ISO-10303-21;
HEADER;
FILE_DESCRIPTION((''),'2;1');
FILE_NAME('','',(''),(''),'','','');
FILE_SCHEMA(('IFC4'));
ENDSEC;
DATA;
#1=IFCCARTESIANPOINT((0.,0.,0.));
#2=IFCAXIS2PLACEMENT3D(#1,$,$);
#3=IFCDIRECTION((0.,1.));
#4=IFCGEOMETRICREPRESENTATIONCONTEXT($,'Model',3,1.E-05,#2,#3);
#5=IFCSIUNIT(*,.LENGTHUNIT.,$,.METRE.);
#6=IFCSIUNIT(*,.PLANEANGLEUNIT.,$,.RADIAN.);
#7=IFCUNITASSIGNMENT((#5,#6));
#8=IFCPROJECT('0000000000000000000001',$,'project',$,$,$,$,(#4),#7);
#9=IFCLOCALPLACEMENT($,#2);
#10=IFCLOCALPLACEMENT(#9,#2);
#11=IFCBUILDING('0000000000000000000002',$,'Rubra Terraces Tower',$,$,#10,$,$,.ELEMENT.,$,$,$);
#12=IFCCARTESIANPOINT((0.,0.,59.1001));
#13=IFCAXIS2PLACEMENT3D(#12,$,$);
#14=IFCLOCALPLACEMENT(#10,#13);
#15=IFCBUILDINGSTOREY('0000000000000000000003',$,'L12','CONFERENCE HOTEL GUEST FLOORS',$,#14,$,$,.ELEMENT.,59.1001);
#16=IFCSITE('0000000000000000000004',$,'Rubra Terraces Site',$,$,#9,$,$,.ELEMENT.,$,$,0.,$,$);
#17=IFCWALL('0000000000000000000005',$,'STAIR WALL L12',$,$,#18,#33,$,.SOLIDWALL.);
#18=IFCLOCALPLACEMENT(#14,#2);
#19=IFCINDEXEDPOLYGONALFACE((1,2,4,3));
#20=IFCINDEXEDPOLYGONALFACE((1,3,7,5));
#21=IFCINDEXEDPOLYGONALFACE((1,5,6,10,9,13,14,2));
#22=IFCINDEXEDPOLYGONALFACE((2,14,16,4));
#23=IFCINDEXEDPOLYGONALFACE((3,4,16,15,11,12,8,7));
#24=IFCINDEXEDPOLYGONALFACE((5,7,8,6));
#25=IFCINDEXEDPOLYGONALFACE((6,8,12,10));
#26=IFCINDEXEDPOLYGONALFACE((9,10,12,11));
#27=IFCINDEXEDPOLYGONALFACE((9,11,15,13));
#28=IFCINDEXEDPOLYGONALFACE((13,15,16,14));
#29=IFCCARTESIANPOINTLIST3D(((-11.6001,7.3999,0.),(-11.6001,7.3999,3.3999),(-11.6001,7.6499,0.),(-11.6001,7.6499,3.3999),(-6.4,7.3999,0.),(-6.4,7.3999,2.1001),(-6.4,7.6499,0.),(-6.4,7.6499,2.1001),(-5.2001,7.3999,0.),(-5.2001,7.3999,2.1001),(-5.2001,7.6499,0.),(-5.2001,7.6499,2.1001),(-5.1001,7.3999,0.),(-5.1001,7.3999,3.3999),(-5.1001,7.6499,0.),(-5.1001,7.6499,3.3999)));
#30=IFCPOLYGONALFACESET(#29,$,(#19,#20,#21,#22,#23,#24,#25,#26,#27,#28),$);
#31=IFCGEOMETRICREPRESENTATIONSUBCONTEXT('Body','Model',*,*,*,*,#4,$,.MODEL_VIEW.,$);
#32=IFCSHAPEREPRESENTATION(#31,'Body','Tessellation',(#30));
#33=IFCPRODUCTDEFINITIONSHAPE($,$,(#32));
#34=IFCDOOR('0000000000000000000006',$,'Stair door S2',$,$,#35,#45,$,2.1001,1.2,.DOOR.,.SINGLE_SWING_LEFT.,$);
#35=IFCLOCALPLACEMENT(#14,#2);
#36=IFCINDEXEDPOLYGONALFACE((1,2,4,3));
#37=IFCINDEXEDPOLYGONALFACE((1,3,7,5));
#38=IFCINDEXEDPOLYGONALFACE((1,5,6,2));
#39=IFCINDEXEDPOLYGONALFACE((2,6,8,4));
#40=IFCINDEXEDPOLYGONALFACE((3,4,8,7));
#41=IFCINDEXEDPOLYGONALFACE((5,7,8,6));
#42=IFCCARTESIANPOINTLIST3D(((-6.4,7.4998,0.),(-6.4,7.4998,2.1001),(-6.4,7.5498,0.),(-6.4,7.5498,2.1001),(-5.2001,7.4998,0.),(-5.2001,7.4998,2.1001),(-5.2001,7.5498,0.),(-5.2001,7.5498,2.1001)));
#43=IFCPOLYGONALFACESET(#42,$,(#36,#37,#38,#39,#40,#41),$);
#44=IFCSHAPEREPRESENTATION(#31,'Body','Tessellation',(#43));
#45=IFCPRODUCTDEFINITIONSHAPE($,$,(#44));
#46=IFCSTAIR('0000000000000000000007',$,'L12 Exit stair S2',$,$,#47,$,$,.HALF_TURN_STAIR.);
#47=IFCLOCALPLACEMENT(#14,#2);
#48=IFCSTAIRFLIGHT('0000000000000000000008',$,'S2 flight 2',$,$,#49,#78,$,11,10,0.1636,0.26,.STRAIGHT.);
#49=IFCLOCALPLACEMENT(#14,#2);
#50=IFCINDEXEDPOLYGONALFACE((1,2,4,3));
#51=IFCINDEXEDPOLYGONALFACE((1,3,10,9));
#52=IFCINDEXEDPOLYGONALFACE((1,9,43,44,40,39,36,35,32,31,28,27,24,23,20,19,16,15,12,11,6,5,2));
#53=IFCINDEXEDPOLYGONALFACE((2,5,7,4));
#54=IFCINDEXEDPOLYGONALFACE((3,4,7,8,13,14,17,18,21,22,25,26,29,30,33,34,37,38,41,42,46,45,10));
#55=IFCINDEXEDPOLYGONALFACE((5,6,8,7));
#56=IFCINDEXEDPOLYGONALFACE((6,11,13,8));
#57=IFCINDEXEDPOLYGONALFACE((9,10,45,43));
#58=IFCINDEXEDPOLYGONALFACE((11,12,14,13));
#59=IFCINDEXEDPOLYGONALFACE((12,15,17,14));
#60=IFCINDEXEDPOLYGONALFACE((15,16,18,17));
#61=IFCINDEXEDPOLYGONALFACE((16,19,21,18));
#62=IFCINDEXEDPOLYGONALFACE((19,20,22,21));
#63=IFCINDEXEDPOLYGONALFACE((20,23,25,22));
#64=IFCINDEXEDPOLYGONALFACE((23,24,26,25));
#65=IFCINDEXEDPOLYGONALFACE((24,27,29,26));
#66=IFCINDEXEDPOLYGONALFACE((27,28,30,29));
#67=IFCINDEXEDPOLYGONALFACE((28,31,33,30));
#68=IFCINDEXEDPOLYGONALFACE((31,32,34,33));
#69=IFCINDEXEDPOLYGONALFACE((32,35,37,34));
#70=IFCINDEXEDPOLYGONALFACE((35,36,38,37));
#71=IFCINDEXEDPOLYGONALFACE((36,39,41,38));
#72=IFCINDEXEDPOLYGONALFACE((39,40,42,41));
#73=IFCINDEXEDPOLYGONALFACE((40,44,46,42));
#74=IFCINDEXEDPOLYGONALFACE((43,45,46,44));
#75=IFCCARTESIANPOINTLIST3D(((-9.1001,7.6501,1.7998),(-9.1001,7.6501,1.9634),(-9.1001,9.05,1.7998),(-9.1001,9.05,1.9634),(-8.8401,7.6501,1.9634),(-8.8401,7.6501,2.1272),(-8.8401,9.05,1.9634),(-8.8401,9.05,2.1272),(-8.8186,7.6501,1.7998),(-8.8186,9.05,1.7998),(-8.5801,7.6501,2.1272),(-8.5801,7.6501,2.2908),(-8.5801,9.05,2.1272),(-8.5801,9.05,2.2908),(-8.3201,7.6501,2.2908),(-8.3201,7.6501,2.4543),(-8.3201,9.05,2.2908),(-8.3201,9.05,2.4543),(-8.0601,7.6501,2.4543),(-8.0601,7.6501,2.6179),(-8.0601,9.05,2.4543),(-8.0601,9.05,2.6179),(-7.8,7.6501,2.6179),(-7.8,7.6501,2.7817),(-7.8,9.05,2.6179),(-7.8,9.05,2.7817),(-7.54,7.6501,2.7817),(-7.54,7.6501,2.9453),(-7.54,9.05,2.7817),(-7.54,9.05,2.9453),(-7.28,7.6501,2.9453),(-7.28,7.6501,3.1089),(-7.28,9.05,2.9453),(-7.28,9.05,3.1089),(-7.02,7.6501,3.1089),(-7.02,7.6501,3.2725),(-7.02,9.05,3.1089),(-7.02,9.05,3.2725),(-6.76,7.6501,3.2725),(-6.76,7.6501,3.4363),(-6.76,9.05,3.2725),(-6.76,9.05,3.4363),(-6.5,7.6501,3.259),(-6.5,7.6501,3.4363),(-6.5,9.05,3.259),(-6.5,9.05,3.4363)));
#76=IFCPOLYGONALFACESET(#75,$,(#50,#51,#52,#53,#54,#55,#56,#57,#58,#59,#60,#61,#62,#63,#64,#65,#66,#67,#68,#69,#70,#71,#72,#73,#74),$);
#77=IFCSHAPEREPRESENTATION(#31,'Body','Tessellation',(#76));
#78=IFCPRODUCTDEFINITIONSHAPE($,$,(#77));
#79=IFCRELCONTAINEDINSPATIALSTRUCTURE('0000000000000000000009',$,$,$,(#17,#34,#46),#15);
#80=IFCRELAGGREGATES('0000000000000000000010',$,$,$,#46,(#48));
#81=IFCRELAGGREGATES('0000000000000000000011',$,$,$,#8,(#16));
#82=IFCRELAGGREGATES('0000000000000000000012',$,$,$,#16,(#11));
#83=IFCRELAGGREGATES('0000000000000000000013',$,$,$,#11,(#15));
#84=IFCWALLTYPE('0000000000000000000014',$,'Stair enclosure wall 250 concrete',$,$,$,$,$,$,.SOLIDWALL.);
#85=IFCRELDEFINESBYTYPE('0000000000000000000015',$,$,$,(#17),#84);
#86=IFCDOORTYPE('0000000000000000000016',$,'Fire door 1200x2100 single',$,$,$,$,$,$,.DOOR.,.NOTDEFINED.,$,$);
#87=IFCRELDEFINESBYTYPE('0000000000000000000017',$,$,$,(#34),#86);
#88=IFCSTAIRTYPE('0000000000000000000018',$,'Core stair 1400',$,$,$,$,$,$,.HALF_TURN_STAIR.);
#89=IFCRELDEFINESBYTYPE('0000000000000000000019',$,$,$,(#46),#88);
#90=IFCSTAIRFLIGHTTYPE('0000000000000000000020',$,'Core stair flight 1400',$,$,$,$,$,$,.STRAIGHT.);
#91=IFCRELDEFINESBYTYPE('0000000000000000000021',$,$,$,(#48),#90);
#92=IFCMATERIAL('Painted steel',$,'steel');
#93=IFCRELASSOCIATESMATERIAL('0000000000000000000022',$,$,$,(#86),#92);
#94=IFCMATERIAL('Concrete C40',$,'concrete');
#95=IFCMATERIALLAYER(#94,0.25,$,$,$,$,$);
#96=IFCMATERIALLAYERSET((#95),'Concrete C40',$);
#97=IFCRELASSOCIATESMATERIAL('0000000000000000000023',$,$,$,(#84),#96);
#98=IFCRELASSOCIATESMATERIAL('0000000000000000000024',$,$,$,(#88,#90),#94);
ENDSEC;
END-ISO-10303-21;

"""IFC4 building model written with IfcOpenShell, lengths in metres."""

from ifc_helpers import new_model, si_unit, direction, frame, frame_2d, origin, place, context, subcontext, project, spatial, polyline, rectangle, outline, extrude, material, layer, layer_set, type_object, element, fill, aggregate, save


model = new_model("IFC4")

# Units and contexts
model_context = context("Model", 3, precision=1e-05, world=origin(), true_north=direction((0.0, 1.0)))
body_context = subcontext(model_context, "Body", "Model", "MODEL_VIEW")
ifc_project = project(units=[si_unit("LENGTHUNIT", "METRE"), si_unit("PLANEANGLEUNIT", "RADIAN")], contexts=[model_context])

# Site, building, storey
site_placement = place(None, origin())
site = spatial("IfcSite", under=ifc_project, at=site_placement, Name="Rubra Terraces Site", CompositionType="ELEMENT", RefElevation=0.0)
building_placement = place(site_placement, origin())
building = spatial("IfcBuilding", under=site, at=building_placement, Name="Rubra Terraces Tower", CompositionType="ELEMENT")
storey_placement = place(building_placement, frame((0.0, 0.0, 59.1001)))
storey = spatial("IfcBuildingStorey", under=building, at=storey_placement, Name="L12", Description="CONFERENCE HOTEL GUEST FLOORS", CompositionType="ELEMENT", Elevation=59.1001)

# Shared definitions
ifc_material_1 = material(Name="Painted steel", Category="steel")
door_type_1 = type_object("IfcDoorType", Name="Fire door 1200x2100 single", OperationType="NOTDEFINED", PredefinedType="DOOR", material=ifc_material_1)

# Wall, opening, door
ifc_material_2 = material(Name="Concrete C40", Category="concrete")
ifc_layer_1 = layer(ifc_material_2, 0.25)
ifc_layer_set_1 = layer_set([ifc_layer_1], Name="Concrete C40")
wall_type_1 = type_object("IfcWallType", Name="Stair enclosure wall 250 concrete", PredefinedType="SOLIDWALL", material=ifc_layer_set_1)
wall_1_placement = place(storey_placement, frame((-11.6001, 7.5249, 0.0), z_axis=(0.0, 0.0, 1.0), x_axis=(1.0, 0.0, 0.0)))
wall_1 = element("IfcWall", 1, at=wall_1_placement, inside=storey, type_object=wall_type_1, Name="STAIR WALL L12", PredefinedType="SOLIDWALL", context=body_context, shape_type="SweptSolid", body=[
    extrude(rectangle(XDim=6.5, YDim=0.25, at=frame_2d((3.25, 0.0))), origin(), (0.0, 0.0, 1.0), 3.3999),
])
opening_1_placement = place(wall_1_placement, frame((5.2, 0.0, 0.0)))
opening_1 = element("IfcOpeningElement", 2, at=opening_1_placement, cuts=wall_1, PredefinedType="OPENING", context=body_context, shape_type="SweptSolid", body=[
    extrude(rectangle(XDim=1.2, YDim=2.1001, at=frame_2d((0.6001, 1.05))), frame((0.0, 0.135, 0.0), z_axis=(0.0, -1.0, 0.0), x_axis=(1.0, 0.0, 0.0)), (0.0, 0.0, 1.0), 0.27),
])
door_1_placement = place(opening_1_placement, origin())
door_1 = element("IfcDoor", 3, at=door_1_placement, inside=storey, type_object=door_type_1, Name="Stair door S2", OperationType="SINGLE_SWING_LEFT", OverallHeight=2.1001, OverallWidth=1.2, PredefinedType="DOOR", context=body_context, shape_type="SweptSolid", body=[
    extrude(rectangle(XDim=1.2, YDim=2.1001, at=frame_2d((0.6001, 1.05))), frame((0.0, 0.0249, 0.0), z_axis=(0.0, -1.0, 0.0), x_axis=(1.0, 0.0, 0.0)), (0.0, 0.0, 1.0), 0.05),
])
fill(opening_1, door_1)

# Stair, stair flight
stair_type = type_object("IfcStairType", Name="Core stair 1400", PredefinedType="HALF_TURN_STAIR", material=ifc_material_2)
stair_placement = place(storey_placement, origin())
stair = element("IfcStair", 4, at=stair_placement, inside=storey, type_object=stair_type, Name="L12 Exit stair S2", PredefinedType="HALF_TURN_STAIR")
stair_flight_type = type_object("IfcStairFlightType", Name="Core stair flight 1400", PredefinedType="STRAIGHT", material=ifc_material_2)
stair_flight_placement = place(storey_placement, frame((-9.1001, 8.3501, 1.7998), z_axis=(0.0, 0.0, 1.0), x_axis=(1.0, 0.0, 0.0)))
stair_flight = element("IfcStairFlight", 5, at=stair_flight_placement, type_object=stair_flight_type, Name="S2 flight 2", NumberOfRisers=11, NumberOfTreads=10, PredefinedType="STRAIGHT", RiserHeight=0.1636, TreadLength=0.26, context=body_context, shape_type="SweptSolid", body=[
    extrude(outline(polyline([(0.0, 0.0), (0.0, 0.1636), (0.26, 0.1636), (0.26, 0.3274), (0.52, 0.3274), (0.52, 0.491), (0.78, 0.491), (0.78, 0.6545), (1.04, 0.6545), (1.04, 0.8181), (1.3, 0.8181), (1.3, 0.9819), (1.5601, 0.9819), (1.5601, 1.1455), (1.8201, 1.1455), (1.8201, 1.3091), (2.0801, 1.3091), (2.0801, 1.4727), (2.3401, 1.4727), (2.3401, 1.6365), (2.6001, 1.6365), (2.6001, 1.8), (2.6001, 1.4592), (0.2815, 0.0), (0.0, 0.0)])), frame((0.0, 0.7, 0.0), z_axis=(0.0, -1.0, 0.0), x_axis=(1.0, 0.0, 0.0)), (0.0, 0.0, 1.0), 1.3999),
])
aggregate(stair, [stair_flight])

save(model, "model.ifc")
